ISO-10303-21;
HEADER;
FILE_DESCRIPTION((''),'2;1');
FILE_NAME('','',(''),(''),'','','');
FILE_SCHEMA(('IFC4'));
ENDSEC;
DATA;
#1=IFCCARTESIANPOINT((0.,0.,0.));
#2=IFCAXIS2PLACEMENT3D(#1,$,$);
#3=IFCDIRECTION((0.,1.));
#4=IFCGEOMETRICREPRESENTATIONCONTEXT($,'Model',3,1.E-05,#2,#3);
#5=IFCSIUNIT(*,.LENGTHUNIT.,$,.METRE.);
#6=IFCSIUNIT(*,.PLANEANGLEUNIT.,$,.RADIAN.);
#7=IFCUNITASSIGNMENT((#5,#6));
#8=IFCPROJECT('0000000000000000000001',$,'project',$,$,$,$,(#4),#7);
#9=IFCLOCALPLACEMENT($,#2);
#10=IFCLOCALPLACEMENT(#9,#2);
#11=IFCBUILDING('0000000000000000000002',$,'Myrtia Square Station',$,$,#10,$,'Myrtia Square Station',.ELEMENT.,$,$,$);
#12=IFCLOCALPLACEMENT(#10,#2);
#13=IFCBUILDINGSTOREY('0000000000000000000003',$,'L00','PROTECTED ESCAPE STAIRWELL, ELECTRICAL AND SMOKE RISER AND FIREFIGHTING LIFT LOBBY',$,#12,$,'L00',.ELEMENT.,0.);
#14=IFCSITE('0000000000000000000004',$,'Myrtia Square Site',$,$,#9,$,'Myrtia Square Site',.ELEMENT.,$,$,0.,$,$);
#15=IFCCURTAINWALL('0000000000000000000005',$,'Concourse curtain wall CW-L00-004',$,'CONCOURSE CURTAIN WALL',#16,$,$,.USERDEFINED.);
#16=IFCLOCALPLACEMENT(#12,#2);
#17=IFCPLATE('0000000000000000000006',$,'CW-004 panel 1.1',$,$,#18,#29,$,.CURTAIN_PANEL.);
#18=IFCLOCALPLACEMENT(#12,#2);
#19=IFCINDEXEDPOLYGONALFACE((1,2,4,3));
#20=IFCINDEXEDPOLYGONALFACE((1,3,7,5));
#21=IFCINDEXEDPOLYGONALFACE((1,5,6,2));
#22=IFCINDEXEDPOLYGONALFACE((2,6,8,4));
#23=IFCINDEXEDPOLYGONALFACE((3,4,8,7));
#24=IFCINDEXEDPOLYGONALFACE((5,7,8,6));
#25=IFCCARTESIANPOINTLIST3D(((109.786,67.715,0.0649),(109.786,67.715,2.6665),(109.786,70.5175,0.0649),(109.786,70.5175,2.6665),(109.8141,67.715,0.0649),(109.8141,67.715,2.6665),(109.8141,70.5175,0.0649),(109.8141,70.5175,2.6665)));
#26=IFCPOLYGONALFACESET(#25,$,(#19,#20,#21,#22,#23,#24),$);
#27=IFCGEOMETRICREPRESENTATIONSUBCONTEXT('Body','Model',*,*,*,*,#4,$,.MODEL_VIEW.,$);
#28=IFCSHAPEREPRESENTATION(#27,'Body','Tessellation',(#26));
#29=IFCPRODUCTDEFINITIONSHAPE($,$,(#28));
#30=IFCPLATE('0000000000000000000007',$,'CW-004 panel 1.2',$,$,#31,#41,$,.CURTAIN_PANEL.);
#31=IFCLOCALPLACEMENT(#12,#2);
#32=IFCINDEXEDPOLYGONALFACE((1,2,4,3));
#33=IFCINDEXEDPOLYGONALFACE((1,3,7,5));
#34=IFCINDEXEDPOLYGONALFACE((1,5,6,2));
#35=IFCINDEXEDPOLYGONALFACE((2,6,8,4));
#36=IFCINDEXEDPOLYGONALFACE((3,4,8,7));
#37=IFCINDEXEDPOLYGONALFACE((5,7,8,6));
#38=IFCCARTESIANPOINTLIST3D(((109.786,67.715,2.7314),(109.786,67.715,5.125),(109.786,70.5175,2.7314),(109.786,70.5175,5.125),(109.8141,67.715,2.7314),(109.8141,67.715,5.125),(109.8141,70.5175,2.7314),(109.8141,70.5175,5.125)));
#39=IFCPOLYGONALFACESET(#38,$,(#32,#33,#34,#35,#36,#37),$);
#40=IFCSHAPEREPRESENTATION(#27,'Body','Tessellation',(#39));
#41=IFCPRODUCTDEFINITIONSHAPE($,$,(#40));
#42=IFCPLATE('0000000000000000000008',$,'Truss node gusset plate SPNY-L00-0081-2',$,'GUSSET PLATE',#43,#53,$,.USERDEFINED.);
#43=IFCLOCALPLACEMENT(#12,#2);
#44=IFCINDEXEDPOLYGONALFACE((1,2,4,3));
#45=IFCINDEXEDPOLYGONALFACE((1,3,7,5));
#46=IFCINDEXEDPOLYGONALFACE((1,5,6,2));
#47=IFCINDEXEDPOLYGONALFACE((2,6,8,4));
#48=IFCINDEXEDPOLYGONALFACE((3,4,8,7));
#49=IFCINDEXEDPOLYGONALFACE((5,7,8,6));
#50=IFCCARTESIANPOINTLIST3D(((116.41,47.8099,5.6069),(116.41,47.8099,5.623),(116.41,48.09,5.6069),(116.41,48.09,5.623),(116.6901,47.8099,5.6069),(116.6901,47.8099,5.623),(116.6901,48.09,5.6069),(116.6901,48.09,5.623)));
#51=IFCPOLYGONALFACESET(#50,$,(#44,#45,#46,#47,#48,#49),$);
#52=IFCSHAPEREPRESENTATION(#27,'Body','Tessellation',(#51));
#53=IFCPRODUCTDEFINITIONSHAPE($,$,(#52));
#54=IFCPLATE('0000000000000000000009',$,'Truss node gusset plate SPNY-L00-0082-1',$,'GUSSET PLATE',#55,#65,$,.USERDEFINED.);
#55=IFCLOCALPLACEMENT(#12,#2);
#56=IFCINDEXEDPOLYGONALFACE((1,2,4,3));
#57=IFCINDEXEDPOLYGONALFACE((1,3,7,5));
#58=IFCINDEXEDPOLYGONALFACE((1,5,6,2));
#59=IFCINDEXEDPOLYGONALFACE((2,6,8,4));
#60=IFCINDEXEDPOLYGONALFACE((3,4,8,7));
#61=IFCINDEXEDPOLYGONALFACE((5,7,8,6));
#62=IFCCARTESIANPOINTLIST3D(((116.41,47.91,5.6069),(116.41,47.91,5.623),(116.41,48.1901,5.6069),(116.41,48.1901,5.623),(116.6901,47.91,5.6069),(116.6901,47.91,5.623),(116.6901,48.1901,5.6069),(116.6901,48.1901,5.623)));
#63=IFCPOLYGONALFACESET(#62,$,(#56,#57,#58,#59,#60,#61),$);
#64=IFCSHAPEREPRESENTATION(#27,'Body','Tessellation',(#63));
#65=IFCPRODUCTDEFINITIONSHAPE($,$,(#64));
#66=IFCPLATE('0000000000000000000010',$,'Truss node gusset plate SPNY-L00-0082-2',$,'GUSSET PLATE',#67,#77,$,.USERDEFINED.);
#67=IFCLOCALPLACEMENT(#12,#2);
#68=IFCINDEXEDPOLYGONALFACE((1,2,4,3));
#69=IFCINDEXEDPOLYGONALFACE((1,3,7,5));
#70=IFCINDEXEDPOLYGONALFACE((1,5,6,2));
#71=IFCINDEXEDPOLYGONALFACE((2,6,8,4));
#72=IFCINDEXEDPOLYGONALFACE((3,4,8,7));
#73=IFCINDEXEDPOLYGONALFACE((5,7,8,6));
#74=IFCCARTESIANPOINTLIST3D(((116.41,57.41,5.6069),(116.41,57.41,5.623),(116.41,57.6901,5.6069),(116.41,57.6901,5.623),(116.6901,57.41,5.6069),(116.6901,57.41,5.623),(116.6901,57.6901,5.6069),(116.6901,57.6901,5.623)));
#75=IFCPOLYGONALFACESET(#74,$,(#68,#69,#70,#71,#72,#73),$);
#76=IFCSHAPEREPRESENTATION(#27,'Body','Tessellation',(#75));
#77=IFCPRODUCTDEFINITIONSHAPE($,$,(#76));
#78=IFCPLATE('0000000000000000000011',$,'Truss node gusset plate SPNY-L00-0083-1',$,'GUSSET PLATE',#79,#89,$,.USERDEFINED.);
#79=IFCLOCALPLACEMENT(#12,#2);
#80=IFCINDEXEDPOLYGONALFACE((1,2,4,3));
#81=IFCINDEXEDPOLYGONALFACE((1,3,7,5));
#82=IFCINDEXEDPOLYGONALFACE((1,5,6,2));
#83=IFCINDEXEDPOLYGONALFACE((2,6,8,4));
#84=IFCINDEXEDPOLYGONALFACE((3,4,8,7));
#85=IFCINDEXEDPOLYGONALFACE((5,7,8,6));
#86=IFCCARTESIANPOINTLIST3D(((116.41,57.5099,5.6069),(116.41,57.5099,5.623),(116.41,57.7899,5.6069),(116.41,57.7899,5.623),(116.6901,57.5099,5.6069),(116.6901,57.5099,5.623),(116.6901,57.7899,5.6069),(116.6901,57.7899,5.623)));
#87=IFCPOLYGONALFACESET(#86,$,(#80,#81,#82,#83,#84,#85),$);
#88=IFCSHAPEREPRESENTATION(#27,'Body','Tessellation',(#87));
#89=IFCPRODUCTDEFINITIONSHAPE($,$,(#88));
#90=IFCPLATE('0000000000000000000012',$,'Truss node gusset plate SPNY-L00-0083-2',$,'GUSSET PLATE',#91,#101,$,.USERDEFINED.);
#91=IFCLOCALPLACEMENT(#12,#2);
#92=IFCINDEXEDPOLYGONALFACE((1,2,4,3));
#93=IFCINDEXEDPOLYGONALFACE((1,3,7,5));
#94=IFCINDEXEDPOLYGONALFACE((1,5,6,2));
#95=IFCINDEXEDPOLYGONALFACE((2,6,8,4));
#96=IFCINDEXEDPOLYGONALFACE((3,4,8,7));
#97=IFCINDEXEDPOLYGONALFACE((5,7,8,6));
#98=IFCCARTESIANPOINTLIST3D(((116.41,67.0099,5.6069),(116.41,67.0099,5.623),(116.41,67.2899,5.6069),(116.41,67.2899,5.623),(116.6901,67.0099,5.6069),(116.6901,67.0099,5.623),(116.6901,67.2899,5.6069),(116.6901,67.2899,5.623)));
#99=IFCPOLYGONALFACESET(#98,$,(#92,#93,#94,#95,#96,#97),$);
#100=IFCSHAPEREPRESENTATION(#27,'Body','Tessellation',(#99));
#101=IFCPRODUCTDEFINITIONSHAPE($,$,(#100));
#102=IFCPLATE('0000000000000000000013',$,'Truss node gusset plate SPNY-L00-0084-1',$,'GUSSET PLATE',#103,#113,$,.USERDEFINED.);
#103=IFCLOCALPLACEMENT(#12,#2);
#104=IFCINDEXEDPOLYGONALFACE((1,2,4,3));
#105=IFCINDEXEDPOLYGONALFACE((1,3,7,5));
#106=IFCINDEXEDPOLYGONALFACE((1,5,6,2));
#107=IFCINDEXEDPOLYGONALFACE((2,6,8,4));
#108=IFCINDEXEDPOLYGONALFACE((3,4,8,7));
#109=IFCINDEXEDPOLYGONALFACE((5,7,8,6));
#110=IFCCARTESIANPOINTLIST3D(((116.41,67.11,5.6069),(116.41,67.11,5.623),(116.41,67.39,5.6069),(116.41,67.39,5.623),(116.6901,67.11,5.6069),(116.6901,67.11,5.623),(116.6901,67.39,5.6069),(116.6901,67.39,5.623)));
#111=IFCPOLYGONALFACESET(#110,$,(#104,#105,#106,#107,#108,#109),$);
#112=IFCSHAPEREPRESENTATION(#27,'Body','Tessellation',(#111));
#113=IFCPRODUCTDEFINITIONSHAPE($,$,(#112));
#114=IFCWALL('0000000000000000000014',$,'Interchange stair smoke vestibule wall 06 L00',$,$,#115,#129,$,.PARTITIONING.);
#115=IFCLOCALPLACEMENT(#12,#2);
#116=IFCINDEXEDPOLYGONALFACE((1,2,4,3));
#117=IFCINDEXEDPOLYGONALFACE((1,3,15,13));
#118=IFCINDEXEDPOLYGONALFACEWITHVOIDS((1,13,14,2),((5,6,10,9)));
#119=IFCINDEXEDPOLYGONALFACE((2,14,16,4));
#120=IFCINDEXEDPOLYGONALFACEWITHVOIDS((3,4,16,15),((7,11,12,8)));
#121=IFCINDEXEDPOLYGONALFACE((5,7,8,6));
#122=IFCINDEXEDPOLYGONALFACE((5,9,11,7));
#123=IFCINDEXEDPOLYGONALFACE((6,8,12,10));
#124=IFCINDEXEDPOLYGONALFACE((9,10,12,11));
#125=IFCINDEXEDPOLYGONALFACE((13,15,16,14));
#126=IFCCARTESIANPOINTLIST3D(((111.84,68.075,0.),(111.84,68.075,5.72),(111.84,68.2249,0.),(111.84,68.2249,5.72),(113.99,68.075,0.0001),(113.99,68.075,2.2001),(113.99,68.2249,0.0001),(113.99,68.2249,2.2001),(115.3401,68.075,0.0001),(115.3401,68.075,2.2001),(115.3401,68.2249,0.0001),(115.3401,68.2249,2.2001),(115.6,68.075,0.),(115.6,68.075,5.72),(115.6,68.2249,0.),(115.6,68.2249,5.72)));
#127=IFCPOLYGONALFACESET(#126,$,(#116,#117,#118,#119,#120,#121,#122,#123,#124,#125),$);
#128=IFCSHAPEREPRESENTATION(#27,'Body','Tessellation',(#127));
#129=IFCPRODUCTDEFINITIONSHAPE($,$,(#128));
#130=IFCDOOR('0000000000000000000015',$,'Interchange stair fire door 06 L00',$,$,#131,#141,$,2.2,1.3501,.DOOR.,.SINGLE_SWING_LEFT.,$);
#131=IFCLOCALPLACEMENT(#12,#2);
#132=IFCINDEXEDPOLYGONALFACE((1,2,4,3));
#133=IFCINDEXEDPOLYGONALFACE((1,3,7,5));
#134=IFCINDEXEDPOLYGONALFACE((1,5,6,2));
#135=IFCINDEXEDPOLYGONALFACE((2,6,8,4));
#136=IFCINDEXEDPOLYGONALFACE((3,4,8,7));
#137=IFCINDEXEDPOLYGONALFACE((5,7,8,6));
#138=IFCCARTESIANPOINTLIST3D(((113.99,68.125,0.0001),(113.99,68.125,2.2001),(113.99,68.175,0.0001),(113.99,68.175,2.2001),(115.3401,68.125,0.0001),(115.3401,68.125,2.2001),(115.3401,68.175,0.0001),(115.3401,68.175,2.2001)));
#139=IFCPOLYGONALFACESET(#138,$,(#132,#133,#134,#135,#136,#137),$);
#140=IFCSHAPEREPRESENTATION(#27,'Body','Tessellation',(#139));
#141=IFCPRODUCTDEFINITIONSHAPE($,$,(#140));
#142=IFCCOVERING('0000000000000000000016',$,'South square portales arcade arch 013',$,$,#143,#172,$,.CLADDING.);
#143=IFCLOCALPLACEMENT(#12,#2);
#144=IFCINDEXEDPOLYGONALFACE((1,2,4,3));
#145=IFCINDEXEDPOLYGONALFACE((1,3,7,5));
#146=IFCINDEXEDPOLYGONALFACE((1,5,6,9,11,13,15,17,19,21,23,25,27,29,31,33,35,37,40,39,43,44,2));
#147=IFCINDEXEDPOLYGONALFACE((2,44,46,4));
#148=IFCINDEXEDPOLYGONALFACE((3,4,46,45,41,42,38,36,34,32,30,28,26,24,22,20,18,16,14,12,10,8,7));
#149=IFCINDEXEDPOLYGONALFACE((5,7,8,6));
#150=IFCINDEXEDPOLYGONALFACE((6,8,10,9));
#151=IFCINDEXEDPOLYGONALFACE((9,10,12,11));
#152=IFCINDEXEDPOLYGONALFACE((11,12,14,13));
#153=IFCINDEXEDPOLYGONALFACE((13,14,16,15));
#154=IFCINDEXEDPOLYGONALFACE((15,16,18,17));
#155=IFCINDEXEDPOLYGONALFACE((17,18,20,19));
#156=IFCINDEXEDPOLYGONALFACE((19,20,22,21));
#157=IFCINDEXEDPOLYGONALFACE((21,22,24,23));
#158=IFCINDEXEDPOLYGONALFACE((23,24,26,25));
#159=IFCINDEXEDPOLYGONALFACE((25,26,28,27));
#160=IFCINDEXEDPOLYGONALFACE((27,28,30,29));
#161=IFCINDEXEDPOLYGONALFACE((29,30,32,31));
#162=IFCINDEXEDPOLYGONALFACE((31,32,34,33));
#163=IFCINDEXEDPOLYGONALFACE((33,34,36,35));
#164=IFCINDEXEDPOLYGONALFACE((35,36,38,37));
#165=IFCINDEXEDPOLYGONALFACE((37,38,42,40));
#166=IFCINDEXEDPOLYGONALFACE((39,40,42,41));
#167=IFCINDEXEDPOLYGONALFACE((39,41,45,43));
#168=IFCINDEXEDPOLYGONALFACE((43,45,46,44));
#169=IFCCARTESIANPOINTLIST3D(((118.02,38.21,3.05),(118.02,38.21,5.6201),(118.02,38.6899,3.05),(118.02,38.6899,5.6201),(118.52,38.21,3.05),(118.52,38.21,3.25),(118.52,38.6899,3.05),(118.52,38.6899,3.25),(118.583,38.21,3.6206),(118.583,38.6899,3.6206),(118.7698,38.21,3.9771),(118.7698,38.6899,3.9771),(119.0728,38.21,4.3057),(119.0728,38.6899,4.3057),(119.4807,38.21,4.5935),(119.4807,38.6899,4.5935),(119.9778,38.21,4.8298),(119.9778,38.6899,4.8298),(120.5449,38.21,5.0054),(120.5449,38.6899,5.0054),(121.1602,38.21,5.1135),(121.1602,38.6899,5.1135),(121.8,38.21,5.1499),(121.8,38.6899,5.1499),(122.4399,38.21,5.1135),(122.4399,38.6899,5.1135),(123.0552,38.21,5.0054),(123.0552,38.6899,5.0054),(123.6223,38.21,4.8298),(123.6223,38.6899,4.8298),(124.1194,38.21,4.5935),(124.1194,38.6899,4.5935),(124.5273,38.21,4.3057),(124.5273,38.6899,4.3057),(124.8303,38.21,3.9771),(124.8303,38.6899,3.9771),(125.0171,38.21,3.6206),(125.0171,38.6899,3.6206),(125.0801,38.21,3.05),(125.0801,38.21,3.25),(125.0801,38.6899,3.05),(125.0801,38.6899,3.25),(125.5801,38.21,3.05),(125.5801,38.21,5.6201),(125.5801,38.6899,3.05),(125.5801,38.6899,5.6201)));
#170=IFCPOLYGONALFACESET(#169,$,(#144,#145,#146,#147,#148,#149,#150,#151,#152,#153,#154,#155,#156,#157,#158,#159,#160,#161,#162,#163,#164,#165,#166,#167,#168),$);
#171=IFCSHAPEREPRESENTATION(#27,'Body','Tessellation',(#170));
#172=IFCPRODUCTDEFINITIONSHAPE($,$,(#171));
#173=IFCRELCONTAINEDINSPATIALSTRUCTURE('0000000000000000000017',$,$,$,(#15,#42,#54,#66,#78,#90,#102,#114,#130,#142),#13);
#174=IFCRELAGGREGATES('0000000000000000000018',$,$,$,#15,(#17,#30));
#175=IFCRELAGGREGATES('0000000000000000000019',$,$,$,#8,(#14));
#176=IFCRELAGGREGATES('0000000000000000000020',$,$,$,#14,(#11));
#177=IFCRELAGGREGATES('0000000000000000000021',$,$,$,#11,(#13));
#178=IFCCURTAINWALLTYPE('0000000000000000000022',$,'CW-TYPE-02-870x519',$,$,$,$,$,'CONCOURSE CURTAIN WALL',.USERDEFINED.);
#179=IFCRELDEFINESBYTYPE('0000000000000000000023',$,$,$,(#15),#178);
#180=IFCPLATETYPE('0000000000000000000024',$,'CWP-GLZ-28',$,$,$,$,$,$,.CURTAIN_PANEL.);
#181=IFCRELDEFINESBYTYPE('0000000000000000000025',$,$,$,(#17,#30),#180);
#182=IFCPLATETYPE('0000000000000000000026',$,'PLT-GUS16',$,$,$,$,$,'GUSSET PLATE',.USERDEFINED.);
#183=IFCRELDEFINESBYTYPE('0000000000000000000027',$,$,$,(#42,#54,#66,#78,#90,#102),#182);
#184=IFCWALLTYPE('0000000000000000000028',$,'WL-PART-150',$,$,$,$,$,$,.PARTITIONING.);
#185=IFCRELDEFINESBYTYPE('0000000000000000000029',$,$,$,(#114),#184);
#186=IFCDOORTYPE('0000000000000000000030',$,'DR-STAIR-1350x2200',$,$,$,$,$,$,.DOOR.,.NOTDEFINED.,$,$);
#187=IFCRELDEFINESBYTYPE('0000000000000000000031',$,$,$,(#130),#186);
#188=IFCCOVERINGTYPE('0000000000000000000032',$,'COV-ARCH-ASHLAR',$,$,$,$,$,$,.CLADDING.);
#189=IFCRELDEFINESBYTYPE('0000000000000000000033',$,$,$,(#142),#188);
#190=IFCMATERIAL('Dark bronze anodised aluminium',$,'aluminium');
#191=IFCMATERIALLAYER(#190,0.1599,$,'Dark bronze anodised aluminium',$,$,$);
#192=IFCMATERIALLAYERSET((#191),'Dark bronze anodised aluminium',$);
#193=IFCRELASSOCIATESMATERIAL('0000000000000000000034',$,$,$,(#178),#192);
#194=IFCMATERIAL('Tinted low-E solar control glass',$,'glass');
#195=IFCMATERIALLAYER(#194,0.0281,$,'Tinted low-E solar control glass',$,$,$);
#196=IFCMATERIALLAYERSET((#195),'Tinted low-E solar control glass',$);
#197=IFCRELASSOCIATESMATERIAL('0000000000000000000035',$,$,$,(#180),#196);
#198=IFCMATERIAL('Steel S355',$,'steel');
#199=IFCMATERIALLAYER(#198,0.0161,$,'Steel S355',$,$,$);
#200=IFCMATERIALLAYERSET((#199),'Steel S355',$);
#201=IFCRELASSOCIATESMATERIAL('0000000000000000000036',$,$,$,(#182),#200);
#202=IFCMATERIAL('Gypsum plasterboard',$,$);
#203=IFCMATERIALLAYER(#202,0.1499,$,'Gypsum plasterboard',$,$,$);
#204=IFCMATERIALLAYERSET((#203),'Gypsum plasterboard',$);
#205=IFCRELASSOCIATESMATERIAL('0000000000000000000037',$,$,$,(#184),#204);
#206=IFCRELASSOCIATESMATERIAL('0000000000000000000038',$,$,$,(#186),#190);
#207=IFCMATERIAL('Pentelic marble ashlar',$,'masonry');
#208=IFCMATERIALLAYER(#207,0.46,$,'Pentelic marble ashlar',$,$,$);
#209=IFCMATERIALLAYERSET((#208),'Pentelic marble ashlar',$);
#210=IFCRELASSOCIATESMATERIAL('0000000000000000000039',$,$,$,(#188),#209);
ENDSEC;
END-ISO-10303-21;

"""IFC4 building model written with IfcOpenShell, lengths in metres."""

from ifc_helpers import new_model, si_unit, direction, frame, frame_2d, origin, origin_2d, place, context, subcontext, project, spatial, polyline, rectangle, outline, extrude, material, layer, layer_set, type_object, element, fill, aggregate, save


model = new_model("IFC4")

# Units and contexts
model_context = context("Model", 3, precision=1e-05, world=origin(), true_north=direction((0.0, 1.0)))
body_context = subcontext(model_context, "Body", "Model", "MODEL_VIEW")
ifc_project = project(units=[si_unit("LENGTHUNIT", "METRE"), si_unit("PLANEANGLEUNIT", "RADIAN")], contexts=[model_context])

# Site, building, storey
site_placement = place(None, origin())
site = spatial("IfcSite", under=ifc_project, at=site_placement, Name="Myrtia Square Site", LongName="Myrtia Square Site", CompositionType="ELEMENT", RefElevation=0.0)
building_placement = place(site_placement, origin())
building = spatial("IfcBuilding", under=site, at=building_placement, Name="Myrtia Square Station", LongName="Myrtia Square Station", CompositionType="ELEMENT")
storey_placement = place(building_placement, origin())
storey = spatial("IfcBuildingStorey", under=building, at=storey_placement, Name="L00", Description="PROTECTED ESCAPE STAIRWELL, ELECTRICAL AND SMOKE RISER AND FIREFIGHTING LIFT LOBBY", LongName="L00", CompositionType="ELEMENT", Elevation=0.0)

# Shared definitions
ifc_material_1 = material(Name="Steel S355", Category="steel")

# Curtain wall
ifc_material_2 = material(Name="Dark bronze anodised aluminium", Category="aluminium")
ifc_layer_1 = layer(ifc_material_2, 0.1599, Name="Dark bronze anodised aluminium")
ifc_layer_set_1 = layer_set([ifc_layer_1], Name="Dark bronze anodised aluminium")
curtain_wall_type = type_object("IfcCurtainWallType", Name="CW-TYPE-02-870x519", ElementType="CONCOURSE CURTAIN WALL", PredefinedType="USERDEFINED", material=ifc_layer_set_1)
curtain_wall_placement = place(storey_placement, origin())
curtain_wall = element("IfcCurtainWall", 1, at=curtain_wall_placement, inside=storey, type_object=curtain_wall_type, Name="Concourse curtain wall CW-L00-004", ObjectType="CONCOURSE CURTAIN WALL", PredefinedType="USERDEFINED")

# Plates
ifc_material_3 = material(Name="Tinted low-E solar control glass", Category="glass")
ifc_layer_2 = layer(ifc_material_3, 0.0281, Name="Tinted low-E solar control glass")
ifc_layer_set_2 = layer_set([ifc_layer_2], Name="Tinted low-E solar control glass")
plate_type_1 = type_object("IfcPlateType", Name="CWP-GLZ-28", PredefinedType="CURTAIN_PANEL", material=ifc_layer_set_2)
plate_1_placement = place(storey_placement, frame((109.8, 69.1162, 0.0649), z_axis=(0.0, 0.0, 1.0), x_axis=(0.0, 1.0, 0.0)))
plate_1 = element("IfcPlate", 2, at=plate_1_placement, type_object=plate_type_1, Name="CW-004 panel 1.1", PredefinedType="CURTAIN_PANEL", context=body_context, shape_type="SweptSolid", body=[
    extrude(rectangle(XDim=2.8025, YDim=0.0281, at=origin_2d()), origin(), (0.0, 0.0, 1.0), 2.6016),
])
plate_2_placement = place(storey_placement, frame((109.8, 69.1162, 2.7314), z_axis=(0.0, 0.0, 1.0), x_axis=(0.0, 1.0, 0.0)))
plate_2 = element("IfcPlate", 3, at=plate_2_placement, type_object=plate_type_1, Name="CW-004 panel 1.2", PredefinedType="CURTAIN_PANEL", context=body_context, shape_type="SweptSolid", body=[
    extrude(rectangle(XDim=2.8025, YDim=0.0281, at=origin_2d()), origin(), (0.0, 0.0, 1.0), 2.3936),
])
aggregate(curtain_wall, [plate_1, plate_2])

# Plates
ifc_layer_3 = layer(ifc_material_1, 0.0161, Name="Steel S355")
ifc_layer_set_3 = layer_set([ifc_layer_3], Name="Steel S355")
plate_type_2 = type_object("IfcPlateType", Name="PLT-GUS16", ElementType="GUSSET PLATE", PredefinedType="USERDEFINED", material=ifc_layer_set_3)
for number, where, z_axis, x_axis, name in (
    (4, (116.55, 47.95, 5.6069), (0.0, 0.0, 1.0), (0.0, 1.0, 0.0), "Truss node gusset plate SPNY-L00-0081-2"),
    (5, (116.55, 48.05, 5.6069), (0.0, 0.0, 1.0), (0.0, 1.0, 0.0), "Truss node gusset plate SPNY-L00-0082-1"),
    (6, (116.55, 57.55, 5.6069), (0.0, 0.0, 1.0), (0.0, 1.0, 0.0), "Truss node gusset plate SPNY-L00-0082-2"),
    (7, (116.55, 57.6499, 5.6069), (0.0, 0.0, 1.0), (0.0, 1.0, 0.0), "Truss node gusset plate SPNY-L00-0083-1"),
    (8, (116.55, 67.1499, 5.6069), (0.0, 0.0, 1.0), (0.0, 1.0, 0.0), "Truss node gusset plate SPNY-L00-0083-2"),
    (9, (116.55, 67.25, 5.6069), (0.0, 0.0, 1.0), (0.0, 1.0, 0.0), "Truss node gusset plate SPNY-L00-0084-1"),
):
    element("IfcPlate", number, at=place(storey_placement, frame(where, z_axis=z_axis, x_axis=x_axis)), inside=storey, type_object=plate_type_2, Name=name, ObjectType="GUSSET PLATE", PredefinedType="USERDEFINED", context=body_context, shape_type="SweptSolid", body=[
        extrude(rectangle(XDim=0.28, YDim=0.28, at=origin_2d()), origin(), (0.0, 0.0, 1.0), 0.0161),
    ])

# Wall, opening, door
ifc_material_4 = material(Name="Gypsum plasterboard")
ifc_layer_4 = layer(ifc_material_4, 0.1499, Name="Gypsum plasterboard")
ifc_layer_set_4 = layer_set([ifc_layer_4], Name="Gypsum plasterboard")
wall_type = type_object("IfcWallType", Name="WL-PART-150", PredefinedType="PARTITIONING", material=ifc_layer_set_4)
wall_placement = place(storey_placement, frame((111.8401, 68.1499, 0.0), z_axis=(0.0, 0.0, 1.0), x_axis=(1.0, 0.0, 0.0)))
wall = element("IfcWall", 10, at=wall_placement, inside=storey, type_object=wall_type, Name="Interchange stair smoke vestibule wall 06 L00", PredefinedType="PARTITIONING", context=body_context, shape_type="SweptSolid", body=[
    extrude(rectangle(XDim=3.76, YDim=0.1499, at=frame_2d((1.8799, 0.0))), origin(), (0.0, 0.0, 1.0), 5.72),
])
opening_placement = place(wall_placement, frame((2.1499, 0.0, 0.0)))
opening = element("IfcOpeningElement", 11, at=opening_placement, cuts=wall, PredefinedType="OPENING", context=body_context, shape_type="SweptSolid", body=[
    extrude(rectangle(XDim=1.3501, YDim=2.2, at=frame_2d((0.675, 1.1001))), frame((0.0, 0.0898, 0.0), z_axis=(0.0, -1.0, 0.0), x_axis=(1.0, 0.0, 0.0)), (0.0, 0.0, 1.0), 0.1799),
])
door_type = type_object("IfcDoorType", Name="DR-STAIR-1350x2200", OperationType="NOTDEFINED", PredefinedType="DOOR", material=ifc_material_2)
door_placement = place(opening_placement, frame((1.3501, 0.0, 0.0), z_axis=(0.0, 0.0, 1.0), x_axis=(-1.0, 0.0, 0.0)))
door = element("IfcDoor", 12, at=door_placement, inside=storey, type_object=door_type, Name="Interchange stair fire door 06 L00", OperationType="SINGLE_SWING_LEFT", OverallHeight=2.2, OverallWidth=1.3501, PredefinedType="DOOR", context=body_context, shape_type="SweptSolid", body=[
    extrude(rectangle(XDim=1.3501, YDim=2.2, at=frame_2d((0.675, 1.1001))), frame((0.0, 0.0249, 0.0), z_axis=(0.0, -1.0, 0.0), x_axis=(1.0, 0.0, 0.0)), (0.0, 0.0, 1.0), 0.05),
])
fill(opening, door)

# Covering
ifc_material_5 = material(Name="Pentelic marble ashlar", Category="masonry")
ifc_layer_5 = layer(ifc_material_5, 0.46, Name="Pentelic marble ashlar")
ifc_layer_set_5 = layer_set([ifc_layer_5], Name="Pentelic marble ashlar")
covering_type = type_object("IfcCoveringType", Name="COV-ARCH-ASHLAR", PredefinedType="CLADDING", material=ifc_layer_set_5)
covering_1_placement = place(storey_placement, frame((118.02, 38.45, 3.05), z_axis=(0.0, 0.0, 1.0), x_axis=(1.0, 0.0, 0.0)))
element("IfcCovering", 13, at=covering_1_placement, inside=storey, type_object=covering_type, Name="South square portales arcade arch 013", PredefinedType="CLADDING", context=body_context, shape_type="SweptSolid", body=[
    extrude(outline(polyline([(0.0, 0.0), (0.5, 0.0), (0.5, 0.2), (0.563, 0.5706), (0.7498, 0.927), (1.0527, 1.2556), (1.4607, 1.5435), (1.9578, 1.7798), (2.5249, 1.9553), (3.1401, 2.0635), (3.78, 2.0999), (4.4199, 2.0635), (5.0352, 1.9553), (5.6023, 1.7798), (6.0994, 1.5435), (6.5073, 1.2556), (6.8103, 0.927), (6.9971, 0.5706), (7.0601, 0.2), (7.0601, 0.0), (7.5601, 0.0), (7.5601, 2.5701), (0.0, 2.5701), (0.0, 0.0)])), frame((0.0, 0.24, 0.0), z_axis=(0.0, -1.0, 0.0), x_axis=(1.0, 0.0, 0.0)), (0.0, 0.0, 1.0), 0.48),
])

save(model, "model.ifc")
